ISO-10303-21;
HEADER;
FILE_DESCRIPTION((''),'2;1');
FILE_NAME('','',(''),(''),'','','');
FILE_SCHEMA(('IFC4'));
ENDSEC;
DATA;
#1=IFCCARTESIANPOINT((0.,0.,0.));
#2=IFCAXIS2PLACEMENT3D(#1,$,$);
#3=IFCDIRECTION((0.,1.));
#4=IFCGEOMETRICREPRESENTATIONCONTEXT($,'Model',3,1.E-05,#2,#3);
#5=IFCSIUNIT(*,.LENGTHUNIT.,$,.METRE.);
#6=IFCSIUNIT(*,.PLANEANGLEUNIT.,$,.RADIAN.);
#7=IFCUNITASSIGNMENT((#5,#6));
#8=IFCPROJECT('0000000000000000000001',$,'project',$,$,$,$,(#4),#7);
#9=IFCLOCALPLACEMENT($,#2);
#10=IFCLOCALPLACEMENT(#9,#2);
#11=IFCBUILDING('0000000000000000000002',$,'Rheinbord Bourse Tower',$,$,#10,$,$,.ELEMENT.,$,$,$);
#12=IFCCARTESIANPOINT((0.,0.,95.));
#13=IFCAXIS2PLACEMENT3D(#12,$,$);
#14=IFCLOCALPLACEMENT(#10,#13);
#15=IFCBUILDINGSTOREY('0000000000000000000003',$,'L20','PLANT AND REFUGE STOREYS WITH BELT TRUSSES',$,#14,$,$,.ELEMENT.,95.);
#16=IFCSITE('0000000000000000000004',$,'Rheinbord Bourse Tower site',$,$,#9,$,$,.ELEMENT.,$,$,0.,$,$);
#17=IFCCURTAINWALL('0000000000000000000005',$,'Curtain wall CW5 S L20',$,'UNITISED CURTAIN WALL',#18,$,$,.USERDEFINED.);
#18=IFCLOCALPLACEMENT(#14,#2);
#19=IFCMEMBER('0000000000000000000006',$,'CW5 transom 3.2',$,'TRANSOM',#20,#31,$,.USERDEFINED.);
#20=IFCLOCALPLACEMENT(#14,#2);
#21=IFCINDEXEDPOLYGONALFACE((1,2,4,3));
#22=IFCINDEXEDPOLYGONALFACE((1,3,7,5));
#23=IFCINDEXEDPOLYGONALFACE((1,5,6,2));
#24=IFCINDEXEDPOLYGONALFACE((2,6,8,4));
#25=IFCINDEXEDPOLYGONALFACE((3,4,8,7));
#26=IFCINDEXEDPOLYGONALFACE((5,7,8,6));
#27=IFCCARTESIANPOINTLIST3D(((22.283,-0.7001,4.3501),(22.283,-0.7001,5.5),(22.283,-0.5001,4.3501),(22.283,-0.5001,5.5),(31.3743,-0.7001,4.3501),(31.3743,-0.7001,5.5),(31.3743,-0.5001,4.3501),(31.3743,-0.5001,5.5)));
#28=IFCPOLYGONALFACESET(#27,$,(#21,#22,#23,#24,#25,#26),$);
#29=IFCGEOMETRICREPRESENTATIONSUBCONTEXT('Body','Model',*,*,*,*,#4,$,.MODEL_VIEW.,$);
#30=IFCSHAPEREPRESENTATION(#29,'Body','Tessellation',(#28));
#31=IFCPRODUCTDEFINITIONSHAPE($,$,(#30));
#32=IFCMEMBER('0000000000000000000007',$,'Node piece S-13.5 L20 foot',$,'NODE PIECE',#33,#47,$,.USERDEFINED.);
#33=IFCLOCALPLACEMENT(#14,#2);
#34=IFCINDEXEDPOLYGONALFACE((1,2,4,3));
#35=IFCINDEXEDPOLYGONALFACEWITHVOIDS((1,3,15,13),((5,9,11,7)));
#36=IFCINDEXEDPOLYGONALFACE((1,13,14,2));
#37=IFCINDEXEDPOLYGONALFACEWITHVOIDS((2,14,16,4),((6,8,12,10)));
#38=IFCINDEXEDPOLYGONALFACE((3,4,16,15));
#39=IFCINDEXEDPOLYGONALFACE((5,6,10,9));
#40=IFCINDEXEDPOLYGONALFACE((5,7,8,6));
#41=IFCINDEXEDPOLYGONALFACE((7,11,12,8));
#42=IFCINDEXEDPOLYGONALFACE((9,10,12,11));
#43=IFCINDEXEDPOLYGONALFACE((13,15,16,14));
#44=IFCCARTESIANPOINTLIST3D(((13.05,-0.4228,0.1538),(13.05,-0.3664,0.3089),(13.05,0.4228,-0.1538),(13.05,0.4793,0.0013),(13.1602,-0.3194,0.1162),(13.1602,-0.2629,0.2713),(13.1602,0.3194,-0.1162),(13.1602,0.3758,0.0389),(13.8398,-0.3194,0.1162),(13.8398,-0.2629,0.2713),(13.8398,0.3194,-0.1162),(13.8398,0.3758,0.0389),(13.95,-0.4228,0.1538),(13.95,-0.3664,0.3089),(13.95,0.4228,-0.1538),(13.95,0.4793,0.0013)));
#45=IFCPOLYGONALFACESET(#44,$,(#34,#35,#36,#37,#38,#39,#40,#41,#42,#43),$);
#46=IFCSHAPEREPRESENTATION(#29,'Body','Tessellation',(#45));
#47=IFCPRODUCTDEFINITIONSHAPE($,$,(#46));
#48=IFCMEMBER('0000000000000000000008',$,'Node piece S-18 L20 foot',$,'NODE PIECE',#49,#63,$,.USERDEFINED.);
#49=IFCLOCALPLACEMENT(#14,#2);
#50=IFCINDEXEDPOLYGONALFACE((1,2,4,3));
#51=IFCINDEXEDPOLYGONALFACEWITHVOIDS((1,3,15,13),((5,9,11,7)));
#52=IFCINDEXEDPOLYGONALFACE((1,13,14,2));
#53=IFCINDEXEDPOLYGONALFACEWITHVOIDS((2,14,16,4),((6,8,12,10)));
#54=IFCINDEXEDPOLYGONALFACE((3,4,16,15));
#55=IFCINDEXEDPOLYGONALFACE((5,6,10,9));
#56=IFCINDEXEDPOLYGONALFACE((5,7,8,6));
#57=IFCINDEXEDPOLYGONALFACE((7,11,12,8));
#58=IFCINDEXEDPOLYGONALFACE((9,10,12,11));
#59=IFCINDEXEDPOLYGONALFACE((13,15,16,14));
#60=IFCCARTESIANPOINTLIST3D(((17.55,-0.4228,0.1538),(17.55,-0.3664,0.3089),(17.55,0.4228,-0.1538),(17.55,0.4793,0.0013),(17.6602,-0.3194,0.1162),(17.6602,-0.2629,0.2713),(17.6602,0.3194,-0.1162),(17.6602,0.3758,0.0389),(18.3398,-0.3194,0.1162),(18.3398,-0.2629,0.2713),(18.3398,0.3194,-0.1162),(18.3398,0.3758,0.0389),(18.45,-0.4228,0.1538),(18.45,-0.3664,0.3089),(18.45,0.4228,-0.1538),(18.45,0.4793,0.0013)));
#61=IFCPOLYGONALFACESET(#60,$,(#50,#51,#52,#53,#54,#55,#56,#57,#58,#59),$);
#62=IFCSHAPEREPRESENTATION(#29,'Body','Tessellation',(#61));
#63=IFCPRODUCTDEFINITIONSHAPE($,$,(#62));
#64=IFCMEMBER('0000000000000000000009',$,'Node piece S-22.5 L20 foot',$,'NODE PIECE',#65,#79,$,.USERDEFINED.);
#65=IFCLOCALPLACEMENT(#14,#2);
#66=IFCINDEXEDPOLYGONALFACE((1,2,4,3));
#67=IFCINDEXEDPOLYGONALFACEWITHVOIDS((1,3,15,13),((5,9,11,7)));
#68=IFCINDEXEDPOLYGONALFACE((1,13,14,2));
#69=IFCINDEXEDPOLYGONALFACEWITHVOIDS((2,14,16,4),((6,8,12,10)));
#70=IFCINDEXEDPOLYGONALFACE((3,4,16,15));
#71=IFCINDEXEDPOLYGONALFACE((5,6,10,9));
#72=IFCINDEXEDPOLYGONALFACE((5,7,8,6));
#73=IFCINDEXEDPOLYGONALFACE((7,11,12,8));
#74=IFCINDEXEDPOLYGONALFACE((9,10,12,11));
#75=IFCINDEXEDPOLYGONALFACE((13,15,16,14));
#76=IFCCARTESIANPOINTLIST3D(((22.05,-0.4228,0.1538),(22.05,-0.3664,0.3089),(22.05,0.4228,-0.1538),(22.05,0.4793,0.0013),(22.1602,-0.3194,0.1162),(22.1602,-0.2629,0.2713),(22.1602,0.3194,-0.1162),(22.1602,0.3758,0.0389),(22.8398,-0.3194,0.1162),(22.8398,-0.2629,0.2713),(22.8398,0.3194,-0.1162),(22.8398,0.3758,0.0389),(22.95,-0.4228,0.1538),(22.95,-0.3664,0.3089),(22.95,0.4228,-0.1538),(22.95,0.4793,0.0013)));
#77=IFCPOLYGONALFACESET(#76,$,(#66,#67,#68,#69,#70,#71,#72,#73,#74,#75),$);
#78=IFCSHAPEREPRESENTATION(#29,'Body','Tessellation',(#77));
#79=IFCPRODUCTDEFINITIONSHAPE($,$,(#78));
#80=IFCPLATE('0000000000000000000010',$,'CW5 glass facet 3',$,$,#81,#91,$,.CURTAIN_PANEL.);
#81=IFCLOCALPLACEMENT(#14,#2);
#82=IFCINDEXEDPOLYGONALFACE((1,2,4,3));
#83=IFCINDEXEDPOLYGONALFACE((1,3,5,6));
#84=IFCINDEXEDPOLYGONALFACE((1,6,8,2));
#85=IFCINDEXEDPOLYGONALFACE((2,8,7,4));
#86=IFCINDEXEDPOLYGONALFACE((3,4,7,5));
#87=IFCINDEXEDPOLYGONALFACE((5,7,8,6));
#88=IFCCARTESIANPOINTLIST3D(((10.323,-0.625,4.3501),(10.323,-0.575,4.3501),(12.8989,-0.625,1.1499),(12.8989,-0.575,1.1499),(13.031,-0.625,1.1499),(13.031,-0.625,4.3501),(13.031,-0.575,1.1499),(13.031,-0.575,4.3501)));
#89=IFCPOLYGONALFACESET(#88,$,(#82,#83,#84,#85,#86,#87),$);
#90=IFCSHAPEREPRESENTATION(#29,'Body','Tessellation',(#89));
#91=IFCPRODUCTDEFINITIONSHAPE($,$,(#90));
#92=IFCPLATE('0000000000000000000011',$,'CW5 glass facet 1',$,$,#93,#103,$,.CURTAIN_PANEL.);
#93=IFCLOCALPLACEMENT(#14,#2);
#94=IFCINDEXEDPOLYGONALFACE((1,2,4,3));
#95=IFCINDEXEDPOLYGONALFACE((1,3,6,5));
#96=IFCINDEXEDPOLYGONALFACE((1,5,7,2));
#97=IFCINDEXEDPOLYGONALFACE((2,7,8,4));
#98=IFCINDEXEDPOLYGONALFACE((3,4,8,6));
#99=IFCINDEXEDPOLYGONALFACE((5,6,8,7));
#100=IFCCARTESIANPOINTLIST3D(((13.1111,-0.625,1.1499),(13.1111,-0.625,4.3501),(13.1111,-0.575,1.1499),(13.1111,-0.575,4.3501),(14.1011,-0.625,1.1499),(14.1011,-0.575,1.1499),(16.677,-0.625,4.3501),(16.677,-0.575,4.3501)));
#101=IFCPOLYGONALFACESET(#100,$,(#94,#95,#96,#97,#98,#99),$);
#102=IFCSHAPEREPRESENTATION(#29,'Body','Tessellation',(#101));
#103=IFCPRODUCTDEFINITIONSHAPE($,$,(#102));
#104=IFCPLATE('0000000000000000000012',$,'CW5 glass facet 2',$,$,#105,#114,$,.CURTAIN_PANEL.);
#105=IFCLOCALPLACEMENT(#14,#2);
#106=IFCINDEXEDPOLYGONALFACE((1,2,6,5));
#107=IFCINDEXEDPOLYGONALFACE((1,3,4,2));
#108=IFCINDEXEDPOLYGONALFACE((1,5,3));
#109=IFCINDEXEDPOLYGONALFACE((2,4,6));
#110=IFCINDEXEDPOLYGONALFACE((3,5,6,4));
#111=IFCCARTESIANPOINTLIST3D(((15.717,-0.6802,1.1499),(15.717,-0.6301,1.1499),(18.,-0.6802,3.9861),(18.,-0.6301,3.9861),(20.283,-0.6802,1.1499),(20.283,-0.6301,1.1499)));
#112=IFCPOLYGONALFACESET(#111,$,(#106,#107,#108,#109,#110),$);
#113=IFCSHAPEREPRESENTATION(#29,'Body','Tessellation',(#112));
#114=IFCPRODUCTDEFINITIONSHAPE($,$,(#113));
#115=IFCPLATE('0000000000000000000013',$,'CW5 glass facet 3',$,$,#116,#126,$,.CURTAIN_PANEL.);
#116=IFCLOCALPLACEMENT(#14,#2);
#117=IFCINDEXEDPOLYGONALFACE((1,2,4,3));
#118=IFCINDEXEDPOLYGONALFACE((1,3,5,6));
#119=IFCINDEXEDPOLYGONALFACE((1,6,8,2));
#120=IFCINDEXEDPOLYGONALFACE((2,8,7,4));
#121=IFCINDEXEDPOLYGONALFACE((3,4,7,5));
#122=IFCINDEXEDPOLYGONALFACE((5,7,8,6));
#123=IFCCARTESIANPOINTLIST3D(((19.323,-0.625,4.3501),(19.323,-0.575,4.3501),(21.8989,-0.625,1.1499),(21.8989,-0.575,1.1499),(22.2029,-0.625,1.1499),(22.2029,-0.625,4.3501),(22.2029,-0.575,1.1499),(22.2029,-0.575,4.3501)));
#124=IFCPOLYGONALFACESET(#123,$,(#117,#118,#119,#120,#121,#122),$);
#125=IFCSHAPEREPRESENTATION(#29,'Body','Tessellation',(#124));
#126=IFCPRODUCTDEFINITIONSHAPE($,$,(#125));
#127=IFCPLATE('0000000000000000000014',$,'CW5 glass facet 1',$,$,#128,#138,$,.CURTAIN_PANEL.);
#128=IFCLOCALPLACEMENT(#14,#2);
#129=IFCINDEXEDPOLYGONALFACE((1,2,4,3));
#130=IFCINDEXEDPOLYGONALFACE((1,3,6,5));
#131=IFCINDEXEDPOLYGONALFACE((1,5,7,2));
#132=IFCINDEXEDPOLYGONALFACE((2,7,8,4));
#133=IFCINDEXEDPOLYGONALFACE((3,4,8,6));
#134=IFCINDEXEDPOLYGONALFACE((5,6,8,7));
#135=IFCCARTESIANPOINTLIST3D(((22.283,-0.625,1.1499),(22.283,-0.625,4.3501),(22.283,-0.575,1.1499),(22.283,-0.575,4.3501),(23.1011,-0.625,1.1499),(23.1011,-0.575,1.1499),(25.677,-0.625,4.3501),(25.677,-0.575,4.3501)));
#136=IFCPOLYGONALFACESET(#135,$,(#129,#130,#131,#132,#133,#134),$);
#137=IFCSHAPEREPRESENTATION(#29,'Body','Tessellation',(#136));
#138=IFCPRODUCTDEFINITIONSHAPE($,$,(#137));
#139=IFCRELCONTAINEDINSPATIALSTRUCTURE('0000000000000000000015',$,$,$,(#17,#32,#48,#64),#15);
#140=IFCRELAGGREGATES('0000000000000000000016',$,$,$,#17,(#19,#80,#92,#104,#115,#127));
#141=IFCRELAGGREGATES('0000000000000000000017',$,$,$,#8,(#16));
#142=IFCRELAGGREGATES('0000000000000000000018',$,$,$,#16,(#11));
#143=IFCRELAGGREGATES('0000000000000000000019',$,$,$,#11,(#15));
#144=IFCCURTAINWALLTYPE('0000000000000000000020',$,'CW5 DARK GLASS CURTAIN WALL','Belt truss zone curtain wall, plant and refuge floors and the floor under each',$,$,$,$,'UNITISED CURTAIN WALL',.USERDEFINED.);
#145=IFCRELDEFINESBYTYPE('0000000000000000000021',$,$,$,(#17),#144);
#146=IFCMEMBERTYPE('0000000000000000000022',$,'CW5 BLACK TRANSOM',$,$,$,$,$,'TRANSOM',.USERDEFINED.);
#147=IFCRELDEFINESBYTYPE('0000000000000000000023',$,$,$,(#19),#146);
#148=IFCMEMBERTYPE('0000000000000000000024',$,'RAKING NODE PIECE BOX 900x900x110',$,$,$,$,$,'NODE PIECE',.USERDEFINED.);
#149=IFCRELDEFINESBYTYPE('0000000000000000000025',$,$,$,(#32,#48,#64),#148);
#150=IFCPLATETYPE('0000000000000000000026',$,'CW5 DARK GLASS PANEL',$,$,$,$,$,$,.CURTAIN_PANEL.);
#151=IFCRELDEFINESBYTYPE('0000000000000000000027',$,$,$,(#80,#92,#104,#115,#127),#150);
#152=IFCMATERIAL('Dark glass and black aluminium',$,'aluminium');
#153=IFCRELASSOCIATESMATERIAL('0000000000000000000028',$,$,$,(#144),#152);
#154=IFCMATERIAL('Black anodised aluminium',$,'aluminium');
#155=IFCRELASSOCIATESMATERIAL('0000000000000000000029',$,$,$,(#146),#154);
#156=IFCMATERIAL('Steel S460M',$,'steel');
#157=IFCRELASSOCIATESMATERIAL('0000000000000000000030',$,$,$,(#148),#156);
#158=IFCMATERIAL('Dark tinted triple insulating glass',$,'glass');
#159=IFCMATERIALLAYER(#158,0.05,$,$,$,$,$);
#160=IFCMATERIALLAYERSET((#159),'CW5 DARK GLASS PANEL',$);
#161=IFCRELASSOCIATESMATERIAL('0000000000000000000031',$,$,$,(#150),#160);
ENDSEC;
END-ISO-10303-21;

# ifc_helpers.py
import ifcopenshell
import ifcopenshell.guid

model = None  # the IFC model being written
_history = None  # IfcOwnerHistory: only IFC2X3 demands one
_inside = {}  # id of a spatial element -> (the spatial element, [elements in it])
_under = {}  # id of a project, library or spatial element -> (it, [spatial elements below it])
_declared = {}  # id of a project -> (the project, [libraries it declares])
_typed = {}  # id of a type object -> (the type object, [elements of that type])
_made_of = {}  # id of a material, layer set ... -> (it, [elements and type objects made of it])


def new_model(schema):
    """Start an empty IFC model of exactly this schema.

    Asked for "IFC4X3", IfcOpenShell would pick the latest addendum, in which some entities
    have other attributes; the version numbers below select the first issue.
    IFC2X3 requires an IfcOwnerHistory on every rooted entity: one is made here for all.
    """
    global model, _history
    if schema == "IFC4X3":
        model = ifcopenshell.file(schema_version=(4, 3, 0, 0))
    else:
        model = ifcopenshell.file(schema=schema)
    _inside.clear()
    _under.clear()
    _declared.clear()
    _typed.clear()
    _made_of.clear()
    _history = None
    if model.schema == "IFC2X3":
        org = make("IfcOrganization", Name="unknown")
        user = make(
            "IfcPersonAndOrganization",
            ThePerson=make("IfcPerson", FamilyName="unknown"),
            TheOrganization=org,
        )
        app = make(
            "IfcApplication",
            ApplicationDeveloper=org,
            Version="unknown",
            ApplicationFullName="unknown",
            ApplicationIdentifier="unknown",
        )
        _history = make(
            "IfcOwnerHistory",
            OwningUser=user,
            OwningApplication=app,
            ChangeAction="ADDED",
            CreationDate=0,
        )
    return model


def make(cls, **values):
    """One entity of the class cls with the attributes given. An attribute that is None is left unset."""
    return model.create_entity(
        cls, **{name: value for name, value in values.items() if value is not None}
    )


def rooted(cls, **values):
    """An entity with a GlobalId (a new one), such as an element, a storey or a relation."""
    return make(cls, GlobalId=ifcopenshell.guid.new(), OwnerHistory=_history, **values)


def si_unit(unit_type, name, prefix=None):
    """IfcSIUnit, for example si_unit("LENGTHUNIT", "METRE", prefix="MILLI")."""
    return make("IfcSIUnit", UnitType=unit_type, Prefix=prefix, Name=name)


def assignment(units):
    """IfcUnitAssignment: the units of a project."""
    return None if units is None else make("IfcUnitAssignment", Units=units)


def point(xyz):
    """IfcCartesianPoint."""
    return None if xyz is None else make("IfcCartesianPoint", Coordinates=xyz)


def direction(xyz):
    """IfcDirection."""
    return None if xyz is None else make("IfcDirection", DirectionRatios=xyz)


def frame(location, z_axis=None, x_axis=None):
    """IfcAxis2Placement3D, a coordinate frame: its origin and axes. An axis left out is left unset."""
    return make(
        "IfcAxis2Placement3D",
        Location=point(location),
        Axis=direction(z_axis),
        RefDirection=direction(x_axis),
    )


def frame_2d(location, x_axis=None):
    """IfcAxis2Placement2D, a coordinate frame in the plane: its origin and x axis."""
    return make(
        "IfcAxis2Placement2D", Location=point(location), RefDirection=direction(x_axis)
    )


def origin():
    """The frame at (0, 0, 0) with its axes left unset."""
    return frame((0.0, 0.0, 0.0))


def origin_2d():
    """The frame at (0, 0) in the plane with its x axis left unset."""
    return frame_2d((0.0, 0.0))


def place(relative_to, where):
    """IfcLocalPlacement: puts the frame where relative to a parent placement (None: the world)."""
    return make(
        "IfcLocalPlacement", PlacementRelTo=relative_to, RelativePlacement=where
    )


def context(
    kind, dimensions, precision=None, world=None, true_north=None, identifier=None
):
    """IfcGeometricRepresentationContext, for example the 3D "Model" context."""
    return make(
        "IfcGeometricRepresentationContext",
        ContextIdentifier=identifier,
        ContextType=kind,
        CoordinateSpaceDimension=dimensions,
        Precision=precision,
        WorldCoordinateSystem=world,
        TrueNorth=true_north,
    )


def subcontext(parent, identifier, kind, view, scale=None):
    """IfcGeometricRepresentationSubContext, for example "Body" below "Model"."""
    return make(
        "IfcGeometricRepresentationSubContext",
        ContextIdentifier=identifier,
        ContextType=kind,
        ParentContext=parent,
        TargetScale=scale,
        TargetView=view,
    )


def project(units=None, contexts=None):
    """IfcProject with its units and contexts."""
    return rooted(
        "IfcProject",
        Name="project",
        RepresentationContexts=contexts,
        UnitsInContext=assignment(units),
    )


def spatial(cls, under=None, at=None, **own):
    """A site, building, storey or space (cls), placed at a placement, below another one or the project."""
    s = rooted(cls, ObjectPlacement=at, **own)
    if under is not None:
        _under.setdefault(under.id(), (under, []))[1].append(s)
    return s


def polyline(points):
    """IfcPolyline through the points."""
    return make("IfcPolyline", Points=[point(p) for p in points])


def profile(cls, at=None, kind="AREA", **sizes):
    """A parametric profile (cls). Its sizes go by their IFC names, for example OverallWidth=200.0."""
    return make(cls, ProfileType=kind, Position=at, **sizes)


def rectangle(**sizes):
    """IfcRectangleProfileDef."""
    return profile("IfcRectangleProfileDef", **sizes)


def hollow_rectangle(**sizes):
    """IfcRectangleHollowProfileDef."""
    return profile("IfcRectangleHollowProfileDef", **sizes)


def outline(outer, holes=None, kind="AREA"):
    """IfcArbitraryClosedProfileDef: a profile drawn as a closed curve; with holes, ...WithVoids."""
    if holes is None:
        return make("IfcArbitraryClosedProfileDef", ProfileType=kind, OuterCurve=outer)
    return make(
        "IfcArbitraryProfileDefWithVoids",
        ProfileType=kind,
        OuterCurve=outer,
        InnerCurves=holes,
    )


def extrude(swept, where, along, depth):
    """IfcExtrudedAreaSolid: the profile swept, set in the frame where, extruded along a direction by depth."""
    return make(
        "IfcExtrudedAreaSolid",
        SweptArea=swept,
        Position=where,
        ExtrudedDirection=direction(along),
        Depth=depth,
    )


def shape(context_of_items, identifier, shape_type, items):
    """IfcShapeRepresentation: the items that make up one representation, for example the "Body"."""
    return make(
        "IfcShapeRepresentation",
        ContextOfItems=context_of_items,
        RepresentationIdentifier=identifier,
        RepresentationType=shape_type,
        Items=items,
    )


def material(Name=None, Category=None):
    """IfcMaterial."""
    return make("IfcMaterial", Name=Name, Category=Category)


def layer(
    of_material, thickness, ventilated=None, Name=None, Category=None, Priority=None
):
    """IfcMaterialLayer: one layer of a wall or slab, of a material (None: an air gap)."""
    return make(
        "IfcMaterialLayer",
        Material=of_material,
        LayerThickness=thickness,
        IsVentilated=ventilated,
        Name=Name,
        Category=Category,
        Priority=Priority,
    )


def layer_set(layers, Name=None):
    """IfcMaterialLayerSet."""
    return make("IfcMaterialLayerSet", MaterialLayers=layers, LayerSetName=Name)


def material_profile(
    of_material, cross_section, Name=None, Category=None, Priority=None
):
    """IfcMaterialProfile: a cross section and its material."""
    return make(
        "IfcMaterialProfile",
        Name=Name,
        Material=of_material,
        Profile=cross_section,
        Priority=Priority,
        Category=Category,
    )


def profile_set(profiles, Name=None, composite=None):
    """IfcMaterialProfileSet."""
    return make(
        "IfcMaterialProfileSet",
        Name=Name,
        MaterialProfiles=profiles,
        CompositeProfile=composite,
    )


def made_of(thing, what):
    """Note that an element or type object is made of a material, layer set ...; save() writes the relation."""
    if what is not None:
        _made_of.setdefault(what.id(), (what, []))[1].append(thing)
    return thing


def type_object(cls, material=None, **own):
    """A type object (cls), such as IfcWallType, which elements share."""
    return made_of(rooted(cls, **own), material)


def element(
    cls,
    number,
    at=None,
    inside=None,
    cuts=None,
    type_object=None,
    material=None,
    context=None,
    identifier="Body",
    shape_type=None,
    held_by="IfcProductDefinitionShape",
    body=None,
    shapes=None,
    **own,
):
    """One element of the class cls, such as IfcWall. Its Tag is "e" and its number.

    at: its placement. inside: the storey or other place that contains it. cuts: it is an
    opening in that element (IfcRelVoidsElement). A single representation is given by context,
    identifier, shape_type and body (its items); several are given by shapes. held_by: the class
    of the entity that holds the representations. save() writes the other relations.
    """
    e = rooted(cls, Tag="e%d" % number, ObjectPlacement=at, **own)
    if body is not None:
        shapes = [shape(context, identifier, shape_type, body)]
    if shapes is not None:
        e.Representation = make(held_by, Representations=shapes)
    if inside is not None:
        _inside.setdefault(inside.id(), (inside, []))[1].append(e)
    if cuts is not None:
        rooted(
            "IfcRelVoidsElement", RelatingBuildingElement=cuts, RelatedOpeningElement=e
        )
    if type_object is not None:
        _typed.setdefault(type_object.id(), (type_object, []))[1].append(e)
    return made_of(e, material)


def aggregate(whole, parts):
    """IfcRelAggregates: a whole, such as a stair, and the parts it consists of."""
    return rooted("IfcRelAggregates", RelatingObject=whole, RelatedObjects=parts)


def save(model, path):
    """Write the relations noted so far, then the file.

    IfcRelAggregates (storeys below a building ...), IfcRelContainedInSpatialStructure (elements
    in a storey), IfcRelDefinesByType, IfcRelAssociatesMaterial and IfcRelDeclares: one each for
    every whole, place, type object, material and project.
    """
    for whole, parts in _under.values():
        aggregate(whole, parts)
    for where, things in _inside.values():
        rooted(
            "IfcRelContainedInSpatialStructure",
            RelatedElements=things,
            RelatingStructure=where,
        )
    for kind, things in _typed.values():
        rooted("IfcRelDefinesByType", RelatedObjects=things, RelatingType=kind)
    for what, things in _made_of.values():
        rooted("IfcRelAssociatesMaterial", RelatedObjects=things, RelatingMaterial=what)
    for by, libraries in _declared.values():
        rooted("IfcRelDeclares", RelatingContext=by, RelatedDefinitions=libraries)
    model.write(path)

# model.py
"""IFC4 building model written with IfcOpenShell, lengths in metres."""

from ifc_helpers import new_model, si_unit, direction, frame, origin, origin_2d, place, context, subcontext, project, spatial, polyline, rectangle, hollow_rectangle, outline, extrude, material, layer, layer_set, material_profile, profile_set, type_object, element, aggregate, save


model = new_model("IFC4")

# Units and contexts
model_context = context("Model", 3, precision=1e-05, world=origin(), true_north=direction((0.0, 1.0)))
body_context = subcontext(model_context, "Body", "Model", "MODEL_VIEW")
ifc_project = project(units=[si_unit("LENGTHUNIT", "METRE"), si_unit("PLANEANGLEUNIT", "RADIAN")], contexts=[model_context])

# Site, building, storey
site_placement = place(None, origin())
site = spatial("IfcSite", under=ifc_project, at=site_placement, Name="Rheinbord Bourse Tower site", CompositionType="ELEMENT", RefElevation=0.0)
building_placement = place(site_placement, origin())
building = spatial("IfcBuilding", under=site, at=building_placement, Name="Rheinbord Bourse Tower", CompositionType="ELEMENT")
storey_placement = place(building_placement, frame((0.0, 0.0, 95.0)))
storey = spatial("IfcBuildingStorey", under=building, at=storey_placement, Name="L20", Description="PLANT AND REFUGE STOREYS WITH BELT TRUSSES", CompositionType="ELEMENT", Elevation=95.0)

# Curtain wall, member
ifc_material_1 = material(Name="Dark glass and black aluminium", Category="aluminium")
curtain_wall_type = type_object("IfcCurtainWallType", Name="CW5 DARK GLASS CURTAIN WALL", Description="Belt truss zone curtain wall, plant and refuge floors and the floor under each", ElementType="UNITISED CURTAIN WALL", PredefinedType="USERDEFINED", material=ifc_material_1)
curtain_wall_placement = place(storey_placement, origin())
curtain_wall = element("IfcCurtainWall", 1, at=curtain_wall_placement, inside=storey, type_object=curtain_wall_type, Name="Curtain wall CW5 S L20", ObjectType="UNITISED CURTAIN WALL", PredefinedType="USERDEFINED")
ifc_material_2 = material(Name="Black anodised aluminium", Category="aluminium")
ifc_material_profile_1 = material_profile(ifc_material_2, rectangle(XDim=0.2, YDim=1.1499, at=origin_2d()), Name="CW5 TRANSOM 1150x200")
ifc_profile_set_1 = profile_set([ifc_material_profile_1], Name="Black anodised aluminium")
member_type_1 = type_object("IfcMemberType", Name="CW5 BLACK TRANSOM", ElementType="TRANSOM", PredefinedType="USERDEFINED", material=ifc_profile_set_1)
member_1_placement = place(storey_placement, frame((22.283, -0.6001, 4.925), z_axis=(1.0, 0.0, 0.0), x_axis=(0.0, 1.0, 0.0)))
member_1 = element("IfcMember", 2, at=member_1_placement, type_object=member_type_1, Name="CW5 transom 3.2", ObjectType="TRANSOM", PredefinedType="USERDEFINED", context=body_context, shape_type="SweptSolid", body=[
    extrude(rectangle(XDim=0.2, YDim=1.1499, at=origin_2d()), origin(), (0.0, 0.0, 1.0), 9.0913),
])

# Members
ifc_material_3 = material(Name="Steel S460M", Category="steel")
ifc_material_profile_2 = material_profile(ifc_material_3, hollow_rectangle(XDim=0.8999, YDim=0.8999, WallThickness=0.1101, at=origin_2d()), Name="BOX 900x900x110")
ifc_profile_set_2 = profile_set([ifc_material_profile_2], Name="Steel S460M")
member_type_2 = type_object("IfcMemberType", Name="RAKING NODE PIECE BOX 900x900x110", ElementType="NODE PIECE", PredefinedType="USERDEFINED", material=ifc_profile_set_2)
for number, where, z_axis, x_axis, name in (
    (3, (13.5, 0.0, 0.0), (0.0, 0.341862, 0.93975), (0.0, -0.93975, 0.341862), "Node piece S-13.5 L20 foot"),
    (4, (18.0, 0.0, 0.0), (0.0, 0.341862, 0.93975), (0.0, -0.93975, 0.341862), "Node piece S-18 L20 foot"),
    (5, (22.5, 0.0, 0.0), (0.0, 0.341862, 0.93975), (0.0, -0.93975, 0.341862), "Node piece S-22.5 L20 foot"),
):
    element("IfcMember", number, at=place(storey_placement, frame(where, z_axis=z_axis, x_axis=x_axis)), inside=storey, type_object=member_type_2, Name=name, ObjectType="NODE PIECE", PredefinedType="USERDEFINED", context=body_context, shape_type="SweptSolid", body=[
        extrude(hollow_rectangle(XDim=0.8999, YDim=0.8999, WallThickness=0.1101, at=origin_2d()), origin(), (0.0, 0.0, 1.0), 0.165),
    ])

# Plates
ifc_material_4 = material(Name="Dark tinted triple insulating glass", Category="glass")
ifc_layer = layer(ifc_material_4, 0.05)
ifc_layer_set = layer_set([ifc_layer], Name="CW5 DARK GLASS PANEL")
plate_type = type_object("IfcPlateType", Name="CW5 DARK GLASS PANEL", PredefinedType="CURTAIN_PANEL", material=ifc_layer_set)
plate_1_placement = place(storey_placement, frame((13.031, -0.625, 4.3501), z_axis=(0.0, 1.0, 0.0), x_axis=(0.0, 0.0, -1.0)))
plate_1 = element("IfcPlate", 6, at=plate_1_placement, type_object=plate_type, Name="CW5 glass facet 3", PredefinedType="CURTAIN_PANEL", context=body_context, shape_type="SweptSolid", body=[
    extrude(outline(polyline([(0.0, 0.0), (3.2002, 0.0), (3.2002, 0.1321), (0.0, 2.708), (0.0, 0.0)])), origin(), (0.0, 0.0, 1.0), 0.05),
])
plate_2_placement = place(storey_placement, frame((13.1111, -0.625, 1.1499), z_axis=(0.0, 1.0, 0.0), x_axis=(0.0, 0.0, 1.0)))
plate_2 = element("IfcPlate", 7, at=plate_2_placement, type_object=plate_type, Name="CW5 glass facet 1", PredefinedType="CURTAIN_PANEL", context=body_context, shape_type="SweptSolid", body=[
    extrude(outline(polyline([(0.0, 0.0), (3.2002, 0.0), (3.2002, 3.5659), (0.0, 0.99), (0.0, 0.0)])), origin(), (0.0, 0.0, 1.0), 0.05),
])
plate_3_placement = place(storey_placement, frame((15.717, -0.6802, 1.1499), z_axis=(0.0, 1.0, 0.0), x_axis=(0.627039, 0.0, 0.778988)))
plate_3 = element("IfcPlate", 8, at=plate_3_placement, type_object=plate_type, Name="CW5 glass facet 2", PredefinedType="CURTAIN_PANEL", context=body_context, shape_type="SweptSolid", body=[
    extrude(outline(polyline([(0.0, 0.0), (3.6409, 0.0), (2.863, 3.5569), (0.0, 0.0)])), origin(), (0.0, 0.0, 1.0), 0.05),
])
plate_4_placement = place(storey_placement, frame((22.2029, -0.625, 4.3501), z_axis=(0.0, 1.0, 0.0), x_axis=(0.0, 0.0, -1.0)))
plate_4 = element("IfcPlate", 9, at=plate_4_placement, type_object=plate_type, Name="CW5 glass facet 3", PredefinedType="CURTAIN_PANEL", context=body_context, shape_type="SweptSolid", body=[
    extrude(outline(polyline([(0.0, 0.0), (3.2002, 0.0), (3.2002, 0.304), (0.0, 2.8799), (0.0, 0.0)])), origin(), (0.0, 0.0, 1.0), 0.05),
])
plate_5_placement = place(storey_placement, frame((22.283, -0.625, 1.1499), z_axis=(0.0, 1.0, 0.0), x_axis=(0.0, 0.0, 1.0)))
plate_5 = element("IfcPlate", 10, at=plate_5_placement, type_object=plate_type, Name="CW5 glass facet 1", PredefinedType="CURTAIN_PANEL", context=body_context, shape_type="SweptSolid", body=[
    extrude(outline(polyline([(0.0, 0.0), (3.2002, 0.0), (3.2002, 3.394), (0.0, 0.8181), (0.0, 0.0)])), origin(), (0.0, 0.0, 1.0), 0.05),
])
aggregate(curtain_wall, [member_1, plate_1, plate_2, plate_3, plate_4, plate_5])

save(model, "model.ifc")
